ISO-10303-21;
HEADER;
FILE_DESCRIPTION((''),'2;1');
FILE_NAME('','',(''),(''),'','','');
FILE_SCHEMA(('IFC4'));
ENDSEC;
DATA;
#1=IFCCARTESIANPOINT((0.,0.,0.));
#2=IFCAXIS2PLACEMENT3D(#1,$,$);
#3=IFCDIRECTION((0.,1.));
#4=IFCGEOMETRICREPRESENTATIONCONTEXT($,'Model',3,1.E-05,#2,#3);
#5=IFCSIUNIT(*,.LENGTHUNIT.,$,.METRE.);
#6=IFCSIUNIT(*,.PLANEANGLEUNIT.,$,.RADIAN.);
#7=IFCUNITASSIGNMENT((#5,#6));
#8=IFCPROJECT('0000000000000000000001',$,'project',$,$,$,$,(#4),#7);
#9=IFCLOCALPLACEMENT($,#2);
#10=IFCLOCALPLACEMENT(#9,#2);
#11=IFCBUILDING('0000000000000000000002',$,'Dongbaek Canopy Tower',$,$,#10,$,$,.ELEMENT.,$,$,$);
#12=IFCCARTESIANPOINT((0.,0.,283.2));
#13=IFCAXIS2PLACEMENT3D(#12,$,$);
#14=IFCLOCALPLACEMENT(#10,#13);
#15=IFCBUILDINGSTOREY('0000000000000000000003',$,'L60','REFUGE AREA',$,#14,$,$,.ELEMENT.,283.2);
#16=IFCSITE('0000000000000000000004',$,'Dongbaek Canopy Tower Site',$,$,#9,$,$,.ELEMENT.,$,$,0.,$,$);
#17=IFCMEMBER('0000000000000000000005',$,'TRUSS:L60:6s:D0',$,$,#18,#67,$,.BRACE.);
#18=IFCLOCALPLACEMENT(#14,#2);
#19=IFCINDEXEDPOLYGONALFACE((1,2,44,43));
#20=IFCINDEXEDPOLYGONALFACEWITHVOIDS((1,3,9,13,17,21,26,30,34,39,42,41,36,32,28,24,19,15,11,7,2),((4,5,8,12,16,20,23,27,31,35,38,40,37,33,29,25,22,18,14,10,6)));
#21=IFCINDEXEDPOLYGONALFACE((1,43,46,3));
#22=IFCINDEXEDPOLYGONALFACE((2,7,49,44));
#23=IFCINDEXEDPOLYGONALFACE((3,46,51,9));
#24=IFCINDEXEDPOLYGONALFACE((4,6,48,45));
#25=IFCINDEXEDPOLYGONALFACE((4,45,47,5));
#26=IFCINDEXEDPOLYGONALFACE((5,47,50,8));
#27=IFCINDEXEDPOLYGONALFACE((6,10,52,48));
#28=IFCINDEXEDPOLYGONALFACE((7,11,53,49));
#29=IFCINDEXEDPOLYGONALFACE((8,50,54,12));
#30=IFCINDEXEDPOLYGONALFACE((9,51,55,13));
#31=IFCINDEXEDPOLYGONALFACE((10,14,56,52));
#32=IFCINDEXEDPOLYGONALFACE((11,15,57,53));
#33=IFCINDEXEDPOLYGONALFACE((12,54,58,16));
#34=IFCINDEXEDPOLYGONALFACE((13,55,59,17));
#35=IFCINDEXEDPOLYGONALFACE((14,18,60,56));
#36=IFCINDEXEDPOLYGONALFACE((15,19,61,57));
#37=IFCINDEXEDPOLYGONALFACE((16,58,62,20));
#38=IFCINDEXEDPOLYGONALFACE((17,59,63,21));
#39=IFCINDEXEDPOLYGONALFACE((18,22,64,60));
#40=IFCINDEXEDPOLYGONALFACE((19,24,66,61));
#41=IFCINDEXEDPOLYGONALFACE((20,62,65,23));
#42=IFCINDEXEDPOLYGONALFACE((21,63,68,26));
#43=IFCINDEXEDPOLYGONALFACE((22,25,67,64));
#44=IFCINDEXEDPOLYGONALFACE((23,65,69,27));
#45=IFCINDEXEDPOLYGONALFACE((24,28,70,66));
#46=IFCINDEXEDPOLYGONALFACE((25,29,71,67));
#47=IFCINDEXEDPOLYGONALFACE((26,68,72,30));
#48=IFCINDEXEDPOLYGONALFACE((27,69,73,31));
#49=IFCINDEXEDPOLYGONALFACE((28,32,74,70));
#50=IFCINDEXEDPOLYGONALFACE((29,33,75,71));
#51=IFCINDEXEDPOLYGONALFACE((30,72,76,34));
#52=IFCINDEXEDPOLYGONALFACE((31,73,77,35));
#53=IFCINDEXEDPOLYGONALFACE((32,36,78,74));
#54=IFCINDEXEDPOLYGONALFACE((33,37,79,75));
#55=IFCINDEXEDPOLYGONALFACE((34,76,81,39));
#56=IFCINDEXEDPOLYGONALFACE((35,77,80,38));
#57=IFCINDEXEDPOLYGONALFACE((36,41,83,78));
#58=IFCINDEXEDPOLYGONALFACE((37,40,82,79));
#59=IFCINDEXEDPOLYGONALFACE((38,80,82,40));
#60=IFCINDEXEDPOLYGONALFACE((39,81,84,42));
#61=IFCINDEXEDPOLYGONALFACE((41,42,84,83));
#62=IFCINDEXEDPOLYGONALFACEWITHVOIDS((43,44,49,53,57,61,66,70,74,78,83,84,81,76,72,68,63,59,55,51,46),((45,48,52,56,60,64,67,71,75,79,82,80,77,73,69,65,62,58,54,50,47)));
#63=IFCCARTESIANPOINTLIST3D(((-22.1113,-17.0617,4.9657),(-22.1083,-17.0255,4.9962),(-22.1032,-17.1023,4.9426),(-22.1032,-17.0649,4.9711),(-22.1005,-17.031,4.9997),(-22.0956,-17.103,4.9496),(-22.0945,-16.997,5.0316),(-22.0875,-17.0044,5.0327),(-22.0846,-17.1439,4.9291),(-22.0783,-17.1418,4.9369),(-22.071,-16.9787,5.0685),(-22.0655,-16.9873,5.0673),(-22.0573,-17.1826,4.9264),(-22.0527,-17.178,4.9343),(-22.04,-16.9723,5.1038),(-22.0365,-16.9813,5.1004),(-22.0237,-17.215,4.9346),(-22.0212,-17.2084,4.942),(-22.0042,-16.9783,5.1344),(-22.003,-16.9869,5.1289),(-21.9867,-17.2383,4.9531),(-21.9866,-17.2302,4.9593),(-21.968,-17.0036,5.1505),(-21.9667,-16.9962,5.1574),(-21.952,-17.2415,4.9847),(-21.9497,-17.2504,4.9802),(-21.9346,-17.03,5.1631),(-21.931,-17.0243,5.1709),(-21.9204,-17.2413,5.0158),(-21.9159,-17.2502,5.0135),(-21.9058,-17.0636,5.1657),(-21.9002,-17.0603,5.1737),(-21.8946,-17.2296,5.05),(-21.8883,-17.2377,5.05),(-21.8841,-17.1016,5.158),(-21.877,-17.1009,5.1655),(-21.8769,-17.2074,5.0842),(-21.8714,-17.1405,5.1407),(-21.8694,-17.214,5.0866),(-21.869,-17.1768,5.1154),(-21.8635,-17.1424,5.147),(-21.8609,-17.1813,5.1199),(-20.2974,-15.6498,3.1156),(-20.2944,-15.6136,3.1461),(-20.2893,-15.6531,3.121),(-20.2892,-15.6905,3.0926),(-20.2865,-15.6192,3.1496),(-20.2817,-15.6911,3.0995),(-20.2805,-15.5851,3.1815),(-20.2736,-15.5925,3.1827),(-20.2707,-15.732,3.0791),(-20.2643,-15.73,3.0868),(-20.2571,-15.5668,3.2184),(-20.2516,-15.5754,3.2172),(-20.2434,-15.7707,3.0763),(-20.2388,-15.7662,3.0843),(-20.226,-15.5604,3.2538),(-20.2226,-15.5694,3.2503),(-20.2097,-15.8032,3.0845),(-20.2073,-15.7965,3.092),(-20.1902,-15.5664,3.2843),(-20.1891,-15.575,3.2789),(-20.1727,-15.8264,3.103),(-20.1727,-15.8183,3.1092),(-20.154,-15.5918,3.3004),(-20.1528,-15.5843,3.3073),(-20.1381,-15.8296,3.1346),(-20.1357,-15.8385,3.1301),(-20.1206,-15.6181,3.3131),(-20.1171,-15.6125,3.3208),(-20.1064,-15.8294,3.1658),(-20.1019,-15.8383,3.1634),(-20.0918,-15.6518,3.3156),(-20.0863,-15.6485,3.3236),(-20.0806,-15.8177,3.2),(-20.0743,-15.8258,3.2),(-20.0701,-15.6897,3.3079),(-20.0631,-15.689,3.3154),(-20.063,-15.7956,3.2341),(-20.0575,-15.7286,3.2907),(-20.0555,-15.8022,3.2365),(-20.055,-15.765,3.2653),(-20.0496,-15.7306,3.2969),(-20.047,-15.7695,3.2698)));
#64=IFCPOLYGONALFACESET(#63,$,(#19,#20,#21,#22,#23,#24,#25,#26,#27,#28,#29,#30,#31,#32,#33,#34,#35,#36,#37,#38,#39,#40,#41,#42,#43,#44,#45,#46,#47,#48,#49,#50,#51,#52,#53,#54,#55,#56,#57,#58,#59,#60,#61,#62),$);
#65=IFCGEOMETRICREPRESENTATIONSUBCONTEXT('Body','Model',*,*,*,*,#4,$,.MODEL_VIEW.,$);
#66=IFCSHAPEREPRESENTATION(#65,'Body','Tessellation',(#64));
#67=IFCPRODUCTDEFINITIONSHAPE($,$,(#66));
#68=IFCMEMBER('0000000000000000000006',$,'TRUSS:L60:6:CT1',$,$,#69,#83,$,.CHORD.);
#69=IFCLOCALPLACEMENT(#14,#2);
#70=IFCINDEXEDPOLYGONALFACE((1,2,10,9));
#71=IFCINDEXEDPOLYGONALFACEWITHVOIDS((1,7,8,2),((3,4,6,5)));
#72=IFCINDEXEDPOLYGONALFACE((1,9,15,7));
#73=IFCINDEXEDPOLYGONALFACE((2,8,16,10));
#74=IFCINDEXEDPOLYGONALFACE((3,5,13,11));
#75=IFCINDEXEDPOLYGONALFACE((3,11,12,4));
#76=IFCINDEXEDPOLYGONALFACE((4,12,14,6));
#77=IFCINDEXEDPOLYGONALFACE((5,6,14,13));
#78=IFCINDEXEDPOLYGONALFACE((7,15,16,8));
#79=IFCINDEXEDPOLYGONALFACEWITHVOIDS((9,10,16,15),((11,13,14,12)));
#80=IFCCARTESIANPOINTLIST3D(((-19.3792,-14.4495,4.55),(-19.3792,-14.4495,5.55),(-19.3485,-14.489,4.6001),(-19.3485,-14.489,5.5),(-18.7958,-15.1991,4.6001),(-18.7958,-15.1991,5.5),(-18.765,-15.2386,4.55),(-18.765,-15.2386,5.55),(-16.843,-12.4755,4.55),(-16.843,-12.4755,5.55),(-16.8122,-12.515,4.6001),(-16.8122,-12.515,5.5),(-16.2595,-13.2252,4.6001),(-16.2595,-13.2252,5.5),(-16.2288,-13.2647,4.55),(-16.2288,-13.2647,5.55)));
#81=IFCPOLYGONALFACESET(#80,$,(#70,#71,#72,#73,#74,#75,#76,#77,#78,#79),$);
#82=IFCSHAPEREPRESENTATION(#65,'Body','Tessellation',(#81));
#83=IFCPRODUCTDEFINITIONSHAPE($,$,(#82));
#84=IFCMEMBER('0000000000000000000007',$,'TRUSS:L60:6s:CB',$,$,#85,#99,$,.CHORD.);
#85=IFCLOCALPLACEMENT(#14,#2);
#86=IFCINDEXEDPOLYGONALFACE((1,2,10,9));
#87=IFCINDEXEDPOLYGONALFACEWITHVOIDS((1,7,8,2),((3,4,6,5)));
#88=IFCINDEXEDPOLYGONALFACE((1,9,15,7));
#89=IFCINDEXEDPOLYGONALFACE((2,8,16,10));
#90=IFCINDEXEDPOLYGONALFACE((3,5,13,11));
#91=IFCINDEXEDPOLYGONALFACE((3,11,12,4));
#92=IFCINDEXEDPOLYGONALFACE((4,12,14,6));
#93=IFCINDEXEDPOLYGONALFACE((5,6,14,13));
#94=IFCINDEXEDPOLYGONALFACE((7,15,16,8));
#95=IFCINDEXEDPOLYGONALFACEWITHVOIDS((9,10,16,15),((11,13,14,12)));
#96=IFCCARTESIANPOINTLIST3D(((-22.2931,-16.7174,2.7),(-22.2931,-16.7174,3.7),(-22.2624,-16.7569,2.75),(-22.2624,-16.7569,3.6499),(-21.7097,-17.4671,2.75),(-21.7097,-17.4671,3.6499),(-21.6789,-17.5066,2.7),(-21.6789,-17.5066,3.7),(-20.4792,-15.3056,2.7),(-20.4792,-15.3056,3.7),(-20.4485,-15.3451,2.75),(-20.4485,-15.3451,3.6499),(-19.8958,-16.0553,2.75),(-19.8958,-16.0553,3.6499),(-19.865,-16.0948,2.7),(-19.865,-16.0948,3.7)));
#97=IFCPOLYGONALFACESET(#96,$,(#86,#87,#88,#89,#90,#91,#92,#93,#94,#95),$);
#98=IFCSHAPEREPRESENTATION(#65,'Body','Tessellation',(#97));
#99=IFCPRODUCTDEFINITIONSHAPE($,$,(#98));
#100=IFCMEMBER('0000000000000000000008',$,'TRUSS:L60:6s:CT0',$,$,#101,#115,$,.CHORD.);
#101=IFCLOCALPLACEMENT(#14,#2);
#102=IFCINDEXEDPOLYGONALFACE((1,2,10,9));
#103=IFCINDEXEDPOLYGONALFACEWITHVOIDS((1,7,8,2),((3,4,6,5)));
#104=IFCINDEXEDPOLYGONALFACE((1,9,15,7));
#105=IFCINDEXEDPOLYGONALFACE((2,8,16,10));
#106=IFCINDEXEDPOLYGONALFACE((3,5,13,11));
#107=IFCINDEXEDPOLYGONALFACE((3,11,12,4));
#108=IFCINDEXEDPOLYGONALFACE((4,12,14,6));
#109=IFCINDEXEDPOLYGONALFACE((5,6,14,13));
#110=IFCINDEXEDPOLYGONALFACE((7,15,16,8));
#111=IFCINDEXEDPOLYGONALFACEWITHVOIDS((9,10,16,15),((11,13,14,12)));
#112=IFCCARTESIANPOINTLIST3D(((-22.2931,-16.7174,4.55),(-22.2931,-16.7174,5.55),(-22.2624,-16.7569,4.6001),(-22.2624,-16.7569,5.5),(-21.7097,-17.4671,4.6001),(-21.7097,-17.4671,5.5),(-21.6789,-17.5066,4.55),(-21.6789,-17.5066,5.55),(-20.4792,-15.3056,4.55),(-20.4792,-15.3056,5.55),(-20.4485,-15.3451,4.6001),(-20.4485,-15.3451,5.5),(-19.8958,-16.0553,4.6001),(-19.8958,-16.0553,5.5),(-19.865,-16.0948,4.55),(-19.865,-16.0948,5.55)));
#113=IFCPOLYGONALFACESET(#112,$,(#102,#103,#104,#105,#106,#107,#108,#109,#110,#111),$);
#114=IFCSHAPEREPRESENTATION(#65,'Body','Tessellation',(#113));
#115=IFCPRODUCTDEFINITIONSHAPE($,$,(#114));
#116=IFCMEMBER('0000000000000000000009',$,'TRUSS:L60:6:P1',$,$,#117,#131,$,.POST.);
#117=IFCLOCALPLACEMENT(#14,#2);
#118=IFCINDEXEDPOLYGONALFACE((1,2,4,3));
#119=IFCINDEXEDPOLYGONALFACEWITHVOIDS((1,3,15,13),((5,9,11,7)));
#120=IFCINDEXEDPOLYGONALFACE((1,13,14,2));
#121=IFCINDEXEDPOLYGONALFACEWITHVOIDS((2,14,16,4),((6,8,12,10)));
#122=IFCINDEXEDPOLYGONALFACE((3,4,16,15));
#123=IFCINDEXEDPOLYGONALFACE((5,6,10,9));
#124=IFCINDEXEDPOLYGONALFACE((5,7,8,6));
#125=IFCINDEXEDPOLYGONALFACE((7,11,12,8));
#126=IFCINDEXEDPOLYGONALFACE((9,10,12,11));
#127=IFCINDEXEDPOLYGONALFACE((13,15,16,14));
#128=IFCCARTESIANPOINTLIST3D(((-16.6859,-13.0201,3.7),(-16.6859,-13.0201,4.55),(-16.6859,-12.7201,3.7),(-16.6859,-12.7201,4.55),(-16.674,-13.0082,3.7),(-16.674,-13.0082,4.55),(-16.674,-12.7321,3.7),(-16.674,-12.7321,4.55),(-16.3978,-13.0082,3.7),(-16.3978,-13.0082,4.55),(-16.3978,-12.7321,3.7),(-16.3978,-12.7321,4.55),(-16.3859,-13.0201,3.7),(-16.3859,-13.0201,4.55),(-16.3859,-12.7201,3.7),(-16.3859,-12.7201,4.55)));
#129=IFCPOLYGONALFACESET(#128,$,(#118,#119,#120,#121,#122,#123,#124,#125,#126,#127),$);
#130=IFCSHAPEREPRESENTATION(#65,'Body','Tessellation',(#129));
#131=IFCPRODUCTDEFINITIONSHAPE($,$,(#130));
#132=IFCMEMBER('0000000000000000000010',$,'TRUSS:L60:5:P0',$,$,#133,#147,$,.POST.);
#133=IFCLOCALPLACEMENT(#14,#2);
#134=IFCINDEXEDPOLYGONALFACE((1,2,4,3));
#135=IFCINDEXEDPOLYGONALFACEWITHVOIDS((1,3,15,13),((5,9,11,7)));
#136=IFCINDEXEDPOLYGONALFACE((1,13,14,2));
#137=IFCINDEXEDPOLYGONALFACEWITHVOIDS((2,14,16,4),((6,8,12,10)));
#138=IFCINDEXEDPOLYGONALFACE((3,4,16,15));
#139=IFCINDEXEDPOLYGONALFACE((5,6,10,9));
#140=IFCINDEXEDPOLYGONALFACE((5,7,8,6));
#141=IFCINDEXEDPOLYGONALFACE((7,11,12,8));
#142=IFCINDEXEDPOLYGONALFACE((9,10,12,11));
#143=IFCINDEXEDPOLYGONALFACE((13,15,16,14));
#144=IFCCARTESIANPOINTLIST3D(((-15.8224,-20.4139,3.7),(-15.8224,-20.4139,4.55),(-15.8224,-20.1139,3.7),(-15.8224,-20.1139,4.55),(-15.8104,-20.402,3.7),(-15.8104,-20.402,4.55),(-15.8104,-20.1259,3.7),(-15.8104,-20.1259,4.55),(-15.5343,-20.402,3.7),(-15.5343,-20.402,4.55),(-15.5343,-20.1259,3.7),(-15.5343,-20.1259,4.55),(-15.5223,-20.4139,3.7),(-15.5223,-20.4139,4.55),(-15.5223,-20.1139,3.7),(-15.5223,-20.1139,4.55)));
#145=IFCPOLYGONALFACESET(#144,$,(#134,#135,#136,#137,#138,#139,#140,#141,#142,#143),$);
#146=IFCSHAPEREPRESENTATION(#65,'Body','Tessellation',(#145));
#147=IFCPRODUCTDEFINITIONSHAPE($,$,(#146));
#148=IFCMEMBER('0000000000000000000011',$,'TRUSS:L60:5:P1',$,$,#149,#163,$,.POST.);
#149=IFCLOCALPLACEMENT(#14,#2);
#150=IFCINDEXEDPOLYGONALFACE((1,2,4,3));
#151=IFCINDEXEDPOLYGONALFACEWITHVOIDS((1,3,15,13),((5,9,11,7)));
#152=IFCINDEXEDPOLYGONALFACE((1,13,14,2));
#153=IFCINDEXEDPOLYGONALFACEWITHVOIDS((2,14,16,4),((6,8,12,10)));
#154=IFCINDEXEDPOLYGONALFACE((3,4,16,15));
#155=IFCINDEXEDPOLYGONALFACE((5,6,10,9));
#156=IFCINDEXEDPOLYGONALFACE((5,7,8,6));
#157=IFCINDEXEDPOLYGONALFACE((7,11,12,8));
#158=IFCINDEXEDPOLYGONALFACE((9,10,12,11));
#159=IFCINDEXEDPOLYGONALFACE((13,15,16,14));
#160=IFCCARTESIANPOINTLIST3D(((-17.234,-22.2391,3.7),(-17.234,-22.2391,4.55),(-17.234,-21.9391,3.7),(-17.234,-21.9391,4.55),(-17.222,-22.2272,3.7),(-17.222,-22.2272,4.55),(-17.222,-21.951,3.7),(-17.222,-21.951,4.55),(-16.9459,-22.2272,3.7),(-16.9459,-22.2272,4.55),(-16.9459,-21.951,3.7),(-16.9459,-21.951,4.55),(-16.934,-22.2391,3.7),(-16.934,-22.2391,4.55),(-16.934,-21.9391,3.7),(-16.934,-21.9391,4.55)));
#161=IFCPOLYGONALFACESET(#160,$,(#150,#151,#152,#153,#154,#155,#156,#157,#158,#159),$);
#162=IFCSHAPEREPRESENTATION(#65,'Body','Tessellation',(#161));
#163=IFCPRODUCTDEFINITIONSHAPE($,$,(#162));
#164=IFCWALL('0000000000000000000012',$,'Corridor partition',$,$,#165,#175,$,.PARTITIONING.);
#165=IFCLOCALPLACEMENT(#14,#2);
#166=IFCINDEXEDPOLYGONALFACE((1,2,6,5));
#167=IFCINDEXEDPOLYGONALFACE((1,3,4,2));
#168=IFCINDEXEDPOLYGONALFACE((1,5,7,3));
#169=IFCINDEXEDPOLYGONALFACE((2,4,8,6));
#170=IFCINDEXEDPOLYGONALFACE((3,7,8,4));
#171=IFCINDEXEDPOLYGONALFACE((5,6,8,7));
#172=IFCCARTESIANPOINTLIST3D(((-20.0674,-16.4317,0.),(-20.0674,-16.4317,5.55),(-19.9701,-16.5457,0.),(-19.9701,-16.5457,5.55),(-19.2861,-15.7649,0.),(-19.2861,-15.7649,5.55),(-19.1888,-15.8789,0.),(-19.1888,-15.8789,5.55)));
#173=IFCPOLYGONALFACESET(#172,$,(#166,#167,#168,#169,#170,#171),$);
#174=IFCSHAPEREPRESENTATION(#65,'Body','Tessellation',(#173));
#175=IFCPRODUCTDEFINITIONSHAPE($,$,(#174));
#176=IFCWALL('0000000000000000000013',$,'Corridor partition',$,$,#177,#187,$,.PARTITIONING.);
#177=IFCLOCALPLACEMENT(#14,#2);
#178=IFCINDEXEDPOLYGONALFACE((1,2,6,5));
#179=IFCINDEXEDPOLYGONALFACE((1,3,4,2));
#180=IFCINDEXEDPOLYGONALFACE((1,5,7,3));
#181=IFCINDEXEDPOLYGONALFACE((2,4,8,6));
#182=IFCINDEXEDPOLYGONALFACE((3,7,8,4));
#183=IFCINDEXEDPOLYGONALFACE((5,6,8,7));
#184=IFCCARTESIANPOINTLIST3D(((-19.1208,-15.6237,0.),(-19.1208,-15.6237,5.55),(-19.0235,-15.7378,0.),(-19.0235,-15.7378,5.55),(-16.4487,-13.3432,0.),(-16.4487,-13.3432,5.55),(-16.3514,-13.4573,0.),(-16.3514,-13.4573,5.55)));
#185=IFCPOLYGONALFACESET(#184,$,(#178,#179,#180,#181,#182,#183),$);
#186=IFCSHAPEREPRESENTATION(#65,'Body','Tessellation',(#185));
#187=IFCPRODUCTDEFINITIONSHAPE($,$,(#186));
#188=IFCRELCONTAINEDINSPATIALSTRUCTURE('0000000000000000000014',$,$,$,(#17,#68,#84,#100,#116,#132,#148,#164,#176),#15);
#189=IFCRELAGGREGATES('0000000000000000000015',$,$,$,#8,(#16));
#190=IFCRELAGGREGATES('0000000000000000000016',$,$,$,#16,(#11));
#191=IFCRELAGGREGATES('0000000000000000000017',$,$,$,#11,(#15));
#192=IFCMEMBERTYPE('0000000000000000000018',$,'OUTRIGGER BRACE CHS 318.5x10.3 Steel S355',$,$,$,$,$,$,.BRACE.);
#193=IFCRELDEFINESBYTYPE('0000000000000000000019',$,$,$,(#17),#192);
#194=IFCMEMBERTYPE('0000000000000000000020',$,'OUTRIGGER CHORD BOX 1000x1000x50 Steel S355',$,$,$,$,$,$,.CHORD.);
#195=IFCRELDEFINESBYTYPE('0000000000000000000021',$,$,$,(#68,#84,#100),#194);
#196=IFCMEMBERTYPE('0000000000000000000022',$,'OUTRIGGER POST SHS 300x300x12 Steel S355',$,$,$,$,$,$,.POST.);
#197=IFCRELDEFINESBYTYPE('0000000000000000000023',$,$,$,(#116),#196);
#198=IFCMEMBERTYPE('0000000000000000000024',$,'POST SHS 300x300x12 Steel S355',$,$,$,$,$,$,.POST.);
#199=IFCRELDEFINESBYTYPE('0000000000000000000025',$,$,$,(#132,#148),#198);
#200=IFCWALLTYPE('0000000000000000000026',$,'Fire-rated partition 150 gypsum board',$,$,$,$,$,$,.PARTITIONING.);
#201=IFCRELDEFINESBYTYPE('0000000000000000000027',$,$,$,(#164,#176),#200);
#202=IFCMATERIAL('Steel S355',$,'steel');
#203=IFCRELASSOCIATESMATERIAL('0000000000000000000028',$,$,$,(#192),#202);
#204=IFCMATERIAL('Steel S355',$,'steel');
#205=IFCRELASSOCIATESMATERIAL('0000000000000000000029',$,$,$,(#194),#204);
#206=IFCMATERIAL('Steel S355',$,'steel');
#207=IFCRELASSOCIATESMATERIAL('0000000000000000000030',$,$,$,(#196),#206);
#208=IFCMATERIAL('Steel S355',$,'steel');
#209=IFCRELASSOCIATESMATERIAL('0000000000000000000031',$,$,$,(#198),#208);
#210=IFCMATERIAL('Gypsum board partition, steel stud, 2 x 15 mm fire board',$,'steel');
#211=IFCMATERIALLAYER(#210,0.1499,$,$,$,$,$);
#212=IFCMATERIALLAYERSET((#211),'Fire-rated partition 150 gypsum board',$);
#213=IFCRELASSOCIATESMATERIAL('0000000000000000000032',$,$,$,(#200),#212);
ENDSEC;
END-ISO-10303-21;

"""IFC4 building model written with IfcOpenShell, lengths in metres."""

from ifc_helpers import new_model, si_unit, direction, frame, frame_2d, origin, origin_2d, place, context, subcontext, project, spatial, rectangle, hollow_rectangle, hollow_circle, extrude, material, layer, layer_set, material_profile, profile_set, type_object, element, save


model = new_model("IFC4")

# Units and contexts
model_context = context("Model", 3, precision=1e-05, world=origin(), true_north=direction((0.0, 1.0)))
body_context = subcontext(model_context, "Body", "Model", "MODEL_VIEW")
ifc_project = project(units=[si_unit("LENGTHUNIT", "METRE"), si_unit("PLANEANGLEUNIT", "RADIAN")], contexts=[model_context])

# Site, building, storey
site_placement = place(None, origin())
site = spatial("IfcSite", under=ifc_project, at=site_placement, Name="Dongbaek Canopy Tower Site", CompositionType="ELEMENT", RefElevation=0.0)
building_placement = place(site_placement, origin())
building = spatial("IfcBuilding", under=site, at=building_placement, Name="Dongbaek Canopy Tower", CompositionType="ELEMENT")
storey_placement = place(building_placement, frame((0.0, 0.0, 283.2)))
storey = spatial("IfcBuildingStorey", under=building, at=storey_placement, Name="L60", Description="REFUGE AREA", CompositionType="ELEMENT", Elevation=283.2)

# Members
ifc_material_1 = material(Name="Steel S355", Category="steel")
ifc_material_profile_1 = material_profile(ifc_material_1, hollow_circle(Radius=0.1592, WallThickness=0.0103, at=origin_2d()), Name="OUTRIGGER BRACE CHS 318.5x10.3 Steel S355")
ifc_profile_set_1 = profile_set([ifc_material_profile_1], Name="Steel S355")
member_type_1 = type_object("IfcMemberType", Name="OUTRIGGER BRACE CHS 318.5x10.3 Steel S355", PredefinedType="BRACE", material=ifc_profile_set_1)
member_1_placement = place(storey_placement, frame((-20.1721, -15.7002, 3.2), z_axis=(-0.614755, -0.478483, 0.627001), x_axis=(0.614213, -0.789141, 0.0)))
element("IfcMember", 1, at=member_1_placement, inside=storey, type_object=member_type_1, Name="TRUSS:L60:6s:D0", PredefinedType="BRACE", context=body_context, shape_type="SweptSolid", body=[
    extrude(hollow_circle(Radius=0.1592, WallThickness=0.0103, at=origin_2d()), origin(), (0.0, 0.0, 1.0), 2.9507),
])
ifc_material_2 = material(Name="Steel S355", Category="steel")
ifc_material_profile_2 = material_profile(ifc_material_2, hollow_rectangle(XDim=1.0, YDim=1.0, WallThickness=0.05, at=origin_2d()), Name="OUTRIGGER CHORD BOX 1000x1000x50 Steel S355")
ifc_profile_set_2 = profile_set([ifc_material_profile_2], Name="Steel S355")
member_type_2 = type_object("IfcMemberType", Name="OUTRIGGER CHORD BOX 1000x1000x50 Steel S355", PredefinedType="CHORD", material=ifc_profile_set_2)
member_2_placement = place(storey_placement, frame((-16.5359, -12.8701, 5.05), z_axis=(-0.789152, -0.614198, 0.0), x_axis=(0.614198, -0.789152, 0.0)))
element("IfcMember", 2, at=member_2_placement, inside=storey, type_object=member_type_2, Name="TRUSS:L60:6:CT1", PredefinedType="CHORD", context=body_context, shape_type="SweptSolid", body=[
    extrude(hollow_rectangle(XDim=1.0, YDim=1.0, WallThickness=0.05, at=origin_2d()), origin(), (0.0, 0.0, 1.0), 3.2139),
])
for number, where, z_axis, x_axis, name in (
    (3, (-20.1721, -15.7002, 3.2), (-0.789141, -0.614213, 0.0), (0.614213, -0.789141, 0.0), "TRUSS:L60:6s:CB"),
    (4, (-20.1721, -15.7002, 5.05), (-0.789141, -0.614213, 0.0), (0.614213, -0.789141, 0.0), "TRUSS:L60:6s:CT0"),
):
    element("IfcMember", number, at=place(storey_placement, frame(where, z_axis=z_axis, x_axis=x_axis)), inside=storey, type_object=member_type_2, Name=name, PredefinedType="CHORD", context=body_context, shape_type="SweptSolid", body=[
        extrude(hollow_rectangle(XDim=1.0, YDim=1.0, WallThickness=0.05, at=origin_2d()), origin(), (0.0, 0.0, 1.0), 2.2986),
    ])
ifc_material_3 = material(Name="Steel S355", Category="steel")
ifc_material_profile_3 = material_profile(ifc_material_3, hollow_rectangle(XDim=0.3, YDim=0.3, WallThickness=0.012, at=origin_2d()), Name="OUTRIGGER POST SHS 300x300x12 Steel S355")
ifc_profile_set_3 = profile_set([ifc_material_profile_3], Name="Steel S355")
member_type_3 = type_object("IfcMemberType", Name="OUTRIGGER POST SHS 300x300x12 Steel S355", PredefinedType="POST", material=ifc_profile_set_3)
member_3_placement = place(storey_placement, frame((-16.5359, -12.8701, 3.7), z_axis=(0.0, 0.0, 1.0), x_axis=(1.0, 0.0, 0.0)))
element("IfcMember", 5, at=member_3_placement, inside=storey, type_object=member_type_3, Name="TRUSS:L60:6:P1", PredefinedType="POST", context=body_context, shape_type="SweptSolid", body=[
    extrude(hollow_rectangle(XDim=0.3, YDim=0.3, WallThickness=0.012, at=origin_2d()), origin(), (0.0, 0.0, 1.0), 0.8501),
])
ifc_material_4 = material(Name="Steel S355", Category="steel")
ifc_material_profile_4 = material_profile(ifc_material_4, hollow_rectangle(XDim=0.3, YDim=0.3, WallThickness=0.012, at=origin_2d()), Name="POST SHS 300x300x12 Steel S355")
ifc_profile_set_4 = profile_set([ifc_material_profile_4], Name="Steel S355")
member_type_4 = type_object("IfcMemberType", Name="POST SHS 300x300x12 Steel S355", PredefinedType="POST", material=ifc_profile_set_4)
for number, where, z_axis, x_axis, name in (
    (6, (-15.6724, -20.2639, 3.7), (0.0, 0.0, 1.0), (1.0, 0.0, 0.0), "TRUSS:L60:5:P0"),
    (7, (-17.084, -22.0891, 3.7), (0.0, 0.0, 1.0), (1.0, 0.0, 0.0), "TRUSS:L60:5:P1"),
):
    element("IfcMember", number, at=place(storey_placement, frame(where, z_axis=z_axis, x_axis=x_axis)), inside=storey, type_object=member_type_4, Name=name, PredefinedType="POST", context=body_context, shape_type="SweptSolid", body=[
        extrude(hollow_rectangle(XDim=0.3, YDim=0.3, WallThickness=0.012, at=origin_2d()), origin(), (0.0, 0.0, 1.0), 0.8501),
    ])

# Walls
ifc_material_5 = material(Name="Gypsum board partition, steel stud, 2 x 15 mm fire board", Category="steel")
ifc_layer_1 = layer(ifc_material_5, 0.1499)
ifc_layer_set_1 = layer_set([ifc_layer_1], Name="Fire-rated partition 150 gypsum board")
wall_type = type_object("IfcWallType", Name="Fire-rated partition 150 gypsum board", PredefinedType="PARTITIONING", material=ifc_layer_set_1)
wall_1_placement = place(storey_placement, frame((-20.0188, -16.4888, 0.0), z_axis=(0.0, 0.0, 1.0), x_axis=(0.760648, 0.649165, 0.0)))
element("IfcWall", 8, at=wall_1_placement, inside=storey, type_object=wall_type, Name="Corridor partition", PredefinedType="PARTITIONING", context=body_context, shape_type="SweptSolid", body=[
    extrude(rectangle(XDim=1.0271, YDim=0.1499, at=frame_2d((0.5137, 0.0))), origin(), (0.0, 0.0, 1.0), 5.55),
])
wall_2_placement = place(storey_placement, frame((-19.072, -15.6807, 0.0), z_axis=(0.0, 0.0, 1.0), x_axis=(0.760643, 0.64917, 0.0)))
element("IfcWall", 9, at=wall_2_placement, inside=storey, type_object=wall_type, Name="Corridor partition", PredefinedType="PARTITIONING", context=body_context, shape_type="SweptSolid", body=[
    extrude(rectangle(XDim=3.5129, YDim=0.1499, at=frame_2d((1.7563, 0.0))), origin(), (0.0, 0.0, 1.0), 5.55),
])

save(model, "model.ifc")
